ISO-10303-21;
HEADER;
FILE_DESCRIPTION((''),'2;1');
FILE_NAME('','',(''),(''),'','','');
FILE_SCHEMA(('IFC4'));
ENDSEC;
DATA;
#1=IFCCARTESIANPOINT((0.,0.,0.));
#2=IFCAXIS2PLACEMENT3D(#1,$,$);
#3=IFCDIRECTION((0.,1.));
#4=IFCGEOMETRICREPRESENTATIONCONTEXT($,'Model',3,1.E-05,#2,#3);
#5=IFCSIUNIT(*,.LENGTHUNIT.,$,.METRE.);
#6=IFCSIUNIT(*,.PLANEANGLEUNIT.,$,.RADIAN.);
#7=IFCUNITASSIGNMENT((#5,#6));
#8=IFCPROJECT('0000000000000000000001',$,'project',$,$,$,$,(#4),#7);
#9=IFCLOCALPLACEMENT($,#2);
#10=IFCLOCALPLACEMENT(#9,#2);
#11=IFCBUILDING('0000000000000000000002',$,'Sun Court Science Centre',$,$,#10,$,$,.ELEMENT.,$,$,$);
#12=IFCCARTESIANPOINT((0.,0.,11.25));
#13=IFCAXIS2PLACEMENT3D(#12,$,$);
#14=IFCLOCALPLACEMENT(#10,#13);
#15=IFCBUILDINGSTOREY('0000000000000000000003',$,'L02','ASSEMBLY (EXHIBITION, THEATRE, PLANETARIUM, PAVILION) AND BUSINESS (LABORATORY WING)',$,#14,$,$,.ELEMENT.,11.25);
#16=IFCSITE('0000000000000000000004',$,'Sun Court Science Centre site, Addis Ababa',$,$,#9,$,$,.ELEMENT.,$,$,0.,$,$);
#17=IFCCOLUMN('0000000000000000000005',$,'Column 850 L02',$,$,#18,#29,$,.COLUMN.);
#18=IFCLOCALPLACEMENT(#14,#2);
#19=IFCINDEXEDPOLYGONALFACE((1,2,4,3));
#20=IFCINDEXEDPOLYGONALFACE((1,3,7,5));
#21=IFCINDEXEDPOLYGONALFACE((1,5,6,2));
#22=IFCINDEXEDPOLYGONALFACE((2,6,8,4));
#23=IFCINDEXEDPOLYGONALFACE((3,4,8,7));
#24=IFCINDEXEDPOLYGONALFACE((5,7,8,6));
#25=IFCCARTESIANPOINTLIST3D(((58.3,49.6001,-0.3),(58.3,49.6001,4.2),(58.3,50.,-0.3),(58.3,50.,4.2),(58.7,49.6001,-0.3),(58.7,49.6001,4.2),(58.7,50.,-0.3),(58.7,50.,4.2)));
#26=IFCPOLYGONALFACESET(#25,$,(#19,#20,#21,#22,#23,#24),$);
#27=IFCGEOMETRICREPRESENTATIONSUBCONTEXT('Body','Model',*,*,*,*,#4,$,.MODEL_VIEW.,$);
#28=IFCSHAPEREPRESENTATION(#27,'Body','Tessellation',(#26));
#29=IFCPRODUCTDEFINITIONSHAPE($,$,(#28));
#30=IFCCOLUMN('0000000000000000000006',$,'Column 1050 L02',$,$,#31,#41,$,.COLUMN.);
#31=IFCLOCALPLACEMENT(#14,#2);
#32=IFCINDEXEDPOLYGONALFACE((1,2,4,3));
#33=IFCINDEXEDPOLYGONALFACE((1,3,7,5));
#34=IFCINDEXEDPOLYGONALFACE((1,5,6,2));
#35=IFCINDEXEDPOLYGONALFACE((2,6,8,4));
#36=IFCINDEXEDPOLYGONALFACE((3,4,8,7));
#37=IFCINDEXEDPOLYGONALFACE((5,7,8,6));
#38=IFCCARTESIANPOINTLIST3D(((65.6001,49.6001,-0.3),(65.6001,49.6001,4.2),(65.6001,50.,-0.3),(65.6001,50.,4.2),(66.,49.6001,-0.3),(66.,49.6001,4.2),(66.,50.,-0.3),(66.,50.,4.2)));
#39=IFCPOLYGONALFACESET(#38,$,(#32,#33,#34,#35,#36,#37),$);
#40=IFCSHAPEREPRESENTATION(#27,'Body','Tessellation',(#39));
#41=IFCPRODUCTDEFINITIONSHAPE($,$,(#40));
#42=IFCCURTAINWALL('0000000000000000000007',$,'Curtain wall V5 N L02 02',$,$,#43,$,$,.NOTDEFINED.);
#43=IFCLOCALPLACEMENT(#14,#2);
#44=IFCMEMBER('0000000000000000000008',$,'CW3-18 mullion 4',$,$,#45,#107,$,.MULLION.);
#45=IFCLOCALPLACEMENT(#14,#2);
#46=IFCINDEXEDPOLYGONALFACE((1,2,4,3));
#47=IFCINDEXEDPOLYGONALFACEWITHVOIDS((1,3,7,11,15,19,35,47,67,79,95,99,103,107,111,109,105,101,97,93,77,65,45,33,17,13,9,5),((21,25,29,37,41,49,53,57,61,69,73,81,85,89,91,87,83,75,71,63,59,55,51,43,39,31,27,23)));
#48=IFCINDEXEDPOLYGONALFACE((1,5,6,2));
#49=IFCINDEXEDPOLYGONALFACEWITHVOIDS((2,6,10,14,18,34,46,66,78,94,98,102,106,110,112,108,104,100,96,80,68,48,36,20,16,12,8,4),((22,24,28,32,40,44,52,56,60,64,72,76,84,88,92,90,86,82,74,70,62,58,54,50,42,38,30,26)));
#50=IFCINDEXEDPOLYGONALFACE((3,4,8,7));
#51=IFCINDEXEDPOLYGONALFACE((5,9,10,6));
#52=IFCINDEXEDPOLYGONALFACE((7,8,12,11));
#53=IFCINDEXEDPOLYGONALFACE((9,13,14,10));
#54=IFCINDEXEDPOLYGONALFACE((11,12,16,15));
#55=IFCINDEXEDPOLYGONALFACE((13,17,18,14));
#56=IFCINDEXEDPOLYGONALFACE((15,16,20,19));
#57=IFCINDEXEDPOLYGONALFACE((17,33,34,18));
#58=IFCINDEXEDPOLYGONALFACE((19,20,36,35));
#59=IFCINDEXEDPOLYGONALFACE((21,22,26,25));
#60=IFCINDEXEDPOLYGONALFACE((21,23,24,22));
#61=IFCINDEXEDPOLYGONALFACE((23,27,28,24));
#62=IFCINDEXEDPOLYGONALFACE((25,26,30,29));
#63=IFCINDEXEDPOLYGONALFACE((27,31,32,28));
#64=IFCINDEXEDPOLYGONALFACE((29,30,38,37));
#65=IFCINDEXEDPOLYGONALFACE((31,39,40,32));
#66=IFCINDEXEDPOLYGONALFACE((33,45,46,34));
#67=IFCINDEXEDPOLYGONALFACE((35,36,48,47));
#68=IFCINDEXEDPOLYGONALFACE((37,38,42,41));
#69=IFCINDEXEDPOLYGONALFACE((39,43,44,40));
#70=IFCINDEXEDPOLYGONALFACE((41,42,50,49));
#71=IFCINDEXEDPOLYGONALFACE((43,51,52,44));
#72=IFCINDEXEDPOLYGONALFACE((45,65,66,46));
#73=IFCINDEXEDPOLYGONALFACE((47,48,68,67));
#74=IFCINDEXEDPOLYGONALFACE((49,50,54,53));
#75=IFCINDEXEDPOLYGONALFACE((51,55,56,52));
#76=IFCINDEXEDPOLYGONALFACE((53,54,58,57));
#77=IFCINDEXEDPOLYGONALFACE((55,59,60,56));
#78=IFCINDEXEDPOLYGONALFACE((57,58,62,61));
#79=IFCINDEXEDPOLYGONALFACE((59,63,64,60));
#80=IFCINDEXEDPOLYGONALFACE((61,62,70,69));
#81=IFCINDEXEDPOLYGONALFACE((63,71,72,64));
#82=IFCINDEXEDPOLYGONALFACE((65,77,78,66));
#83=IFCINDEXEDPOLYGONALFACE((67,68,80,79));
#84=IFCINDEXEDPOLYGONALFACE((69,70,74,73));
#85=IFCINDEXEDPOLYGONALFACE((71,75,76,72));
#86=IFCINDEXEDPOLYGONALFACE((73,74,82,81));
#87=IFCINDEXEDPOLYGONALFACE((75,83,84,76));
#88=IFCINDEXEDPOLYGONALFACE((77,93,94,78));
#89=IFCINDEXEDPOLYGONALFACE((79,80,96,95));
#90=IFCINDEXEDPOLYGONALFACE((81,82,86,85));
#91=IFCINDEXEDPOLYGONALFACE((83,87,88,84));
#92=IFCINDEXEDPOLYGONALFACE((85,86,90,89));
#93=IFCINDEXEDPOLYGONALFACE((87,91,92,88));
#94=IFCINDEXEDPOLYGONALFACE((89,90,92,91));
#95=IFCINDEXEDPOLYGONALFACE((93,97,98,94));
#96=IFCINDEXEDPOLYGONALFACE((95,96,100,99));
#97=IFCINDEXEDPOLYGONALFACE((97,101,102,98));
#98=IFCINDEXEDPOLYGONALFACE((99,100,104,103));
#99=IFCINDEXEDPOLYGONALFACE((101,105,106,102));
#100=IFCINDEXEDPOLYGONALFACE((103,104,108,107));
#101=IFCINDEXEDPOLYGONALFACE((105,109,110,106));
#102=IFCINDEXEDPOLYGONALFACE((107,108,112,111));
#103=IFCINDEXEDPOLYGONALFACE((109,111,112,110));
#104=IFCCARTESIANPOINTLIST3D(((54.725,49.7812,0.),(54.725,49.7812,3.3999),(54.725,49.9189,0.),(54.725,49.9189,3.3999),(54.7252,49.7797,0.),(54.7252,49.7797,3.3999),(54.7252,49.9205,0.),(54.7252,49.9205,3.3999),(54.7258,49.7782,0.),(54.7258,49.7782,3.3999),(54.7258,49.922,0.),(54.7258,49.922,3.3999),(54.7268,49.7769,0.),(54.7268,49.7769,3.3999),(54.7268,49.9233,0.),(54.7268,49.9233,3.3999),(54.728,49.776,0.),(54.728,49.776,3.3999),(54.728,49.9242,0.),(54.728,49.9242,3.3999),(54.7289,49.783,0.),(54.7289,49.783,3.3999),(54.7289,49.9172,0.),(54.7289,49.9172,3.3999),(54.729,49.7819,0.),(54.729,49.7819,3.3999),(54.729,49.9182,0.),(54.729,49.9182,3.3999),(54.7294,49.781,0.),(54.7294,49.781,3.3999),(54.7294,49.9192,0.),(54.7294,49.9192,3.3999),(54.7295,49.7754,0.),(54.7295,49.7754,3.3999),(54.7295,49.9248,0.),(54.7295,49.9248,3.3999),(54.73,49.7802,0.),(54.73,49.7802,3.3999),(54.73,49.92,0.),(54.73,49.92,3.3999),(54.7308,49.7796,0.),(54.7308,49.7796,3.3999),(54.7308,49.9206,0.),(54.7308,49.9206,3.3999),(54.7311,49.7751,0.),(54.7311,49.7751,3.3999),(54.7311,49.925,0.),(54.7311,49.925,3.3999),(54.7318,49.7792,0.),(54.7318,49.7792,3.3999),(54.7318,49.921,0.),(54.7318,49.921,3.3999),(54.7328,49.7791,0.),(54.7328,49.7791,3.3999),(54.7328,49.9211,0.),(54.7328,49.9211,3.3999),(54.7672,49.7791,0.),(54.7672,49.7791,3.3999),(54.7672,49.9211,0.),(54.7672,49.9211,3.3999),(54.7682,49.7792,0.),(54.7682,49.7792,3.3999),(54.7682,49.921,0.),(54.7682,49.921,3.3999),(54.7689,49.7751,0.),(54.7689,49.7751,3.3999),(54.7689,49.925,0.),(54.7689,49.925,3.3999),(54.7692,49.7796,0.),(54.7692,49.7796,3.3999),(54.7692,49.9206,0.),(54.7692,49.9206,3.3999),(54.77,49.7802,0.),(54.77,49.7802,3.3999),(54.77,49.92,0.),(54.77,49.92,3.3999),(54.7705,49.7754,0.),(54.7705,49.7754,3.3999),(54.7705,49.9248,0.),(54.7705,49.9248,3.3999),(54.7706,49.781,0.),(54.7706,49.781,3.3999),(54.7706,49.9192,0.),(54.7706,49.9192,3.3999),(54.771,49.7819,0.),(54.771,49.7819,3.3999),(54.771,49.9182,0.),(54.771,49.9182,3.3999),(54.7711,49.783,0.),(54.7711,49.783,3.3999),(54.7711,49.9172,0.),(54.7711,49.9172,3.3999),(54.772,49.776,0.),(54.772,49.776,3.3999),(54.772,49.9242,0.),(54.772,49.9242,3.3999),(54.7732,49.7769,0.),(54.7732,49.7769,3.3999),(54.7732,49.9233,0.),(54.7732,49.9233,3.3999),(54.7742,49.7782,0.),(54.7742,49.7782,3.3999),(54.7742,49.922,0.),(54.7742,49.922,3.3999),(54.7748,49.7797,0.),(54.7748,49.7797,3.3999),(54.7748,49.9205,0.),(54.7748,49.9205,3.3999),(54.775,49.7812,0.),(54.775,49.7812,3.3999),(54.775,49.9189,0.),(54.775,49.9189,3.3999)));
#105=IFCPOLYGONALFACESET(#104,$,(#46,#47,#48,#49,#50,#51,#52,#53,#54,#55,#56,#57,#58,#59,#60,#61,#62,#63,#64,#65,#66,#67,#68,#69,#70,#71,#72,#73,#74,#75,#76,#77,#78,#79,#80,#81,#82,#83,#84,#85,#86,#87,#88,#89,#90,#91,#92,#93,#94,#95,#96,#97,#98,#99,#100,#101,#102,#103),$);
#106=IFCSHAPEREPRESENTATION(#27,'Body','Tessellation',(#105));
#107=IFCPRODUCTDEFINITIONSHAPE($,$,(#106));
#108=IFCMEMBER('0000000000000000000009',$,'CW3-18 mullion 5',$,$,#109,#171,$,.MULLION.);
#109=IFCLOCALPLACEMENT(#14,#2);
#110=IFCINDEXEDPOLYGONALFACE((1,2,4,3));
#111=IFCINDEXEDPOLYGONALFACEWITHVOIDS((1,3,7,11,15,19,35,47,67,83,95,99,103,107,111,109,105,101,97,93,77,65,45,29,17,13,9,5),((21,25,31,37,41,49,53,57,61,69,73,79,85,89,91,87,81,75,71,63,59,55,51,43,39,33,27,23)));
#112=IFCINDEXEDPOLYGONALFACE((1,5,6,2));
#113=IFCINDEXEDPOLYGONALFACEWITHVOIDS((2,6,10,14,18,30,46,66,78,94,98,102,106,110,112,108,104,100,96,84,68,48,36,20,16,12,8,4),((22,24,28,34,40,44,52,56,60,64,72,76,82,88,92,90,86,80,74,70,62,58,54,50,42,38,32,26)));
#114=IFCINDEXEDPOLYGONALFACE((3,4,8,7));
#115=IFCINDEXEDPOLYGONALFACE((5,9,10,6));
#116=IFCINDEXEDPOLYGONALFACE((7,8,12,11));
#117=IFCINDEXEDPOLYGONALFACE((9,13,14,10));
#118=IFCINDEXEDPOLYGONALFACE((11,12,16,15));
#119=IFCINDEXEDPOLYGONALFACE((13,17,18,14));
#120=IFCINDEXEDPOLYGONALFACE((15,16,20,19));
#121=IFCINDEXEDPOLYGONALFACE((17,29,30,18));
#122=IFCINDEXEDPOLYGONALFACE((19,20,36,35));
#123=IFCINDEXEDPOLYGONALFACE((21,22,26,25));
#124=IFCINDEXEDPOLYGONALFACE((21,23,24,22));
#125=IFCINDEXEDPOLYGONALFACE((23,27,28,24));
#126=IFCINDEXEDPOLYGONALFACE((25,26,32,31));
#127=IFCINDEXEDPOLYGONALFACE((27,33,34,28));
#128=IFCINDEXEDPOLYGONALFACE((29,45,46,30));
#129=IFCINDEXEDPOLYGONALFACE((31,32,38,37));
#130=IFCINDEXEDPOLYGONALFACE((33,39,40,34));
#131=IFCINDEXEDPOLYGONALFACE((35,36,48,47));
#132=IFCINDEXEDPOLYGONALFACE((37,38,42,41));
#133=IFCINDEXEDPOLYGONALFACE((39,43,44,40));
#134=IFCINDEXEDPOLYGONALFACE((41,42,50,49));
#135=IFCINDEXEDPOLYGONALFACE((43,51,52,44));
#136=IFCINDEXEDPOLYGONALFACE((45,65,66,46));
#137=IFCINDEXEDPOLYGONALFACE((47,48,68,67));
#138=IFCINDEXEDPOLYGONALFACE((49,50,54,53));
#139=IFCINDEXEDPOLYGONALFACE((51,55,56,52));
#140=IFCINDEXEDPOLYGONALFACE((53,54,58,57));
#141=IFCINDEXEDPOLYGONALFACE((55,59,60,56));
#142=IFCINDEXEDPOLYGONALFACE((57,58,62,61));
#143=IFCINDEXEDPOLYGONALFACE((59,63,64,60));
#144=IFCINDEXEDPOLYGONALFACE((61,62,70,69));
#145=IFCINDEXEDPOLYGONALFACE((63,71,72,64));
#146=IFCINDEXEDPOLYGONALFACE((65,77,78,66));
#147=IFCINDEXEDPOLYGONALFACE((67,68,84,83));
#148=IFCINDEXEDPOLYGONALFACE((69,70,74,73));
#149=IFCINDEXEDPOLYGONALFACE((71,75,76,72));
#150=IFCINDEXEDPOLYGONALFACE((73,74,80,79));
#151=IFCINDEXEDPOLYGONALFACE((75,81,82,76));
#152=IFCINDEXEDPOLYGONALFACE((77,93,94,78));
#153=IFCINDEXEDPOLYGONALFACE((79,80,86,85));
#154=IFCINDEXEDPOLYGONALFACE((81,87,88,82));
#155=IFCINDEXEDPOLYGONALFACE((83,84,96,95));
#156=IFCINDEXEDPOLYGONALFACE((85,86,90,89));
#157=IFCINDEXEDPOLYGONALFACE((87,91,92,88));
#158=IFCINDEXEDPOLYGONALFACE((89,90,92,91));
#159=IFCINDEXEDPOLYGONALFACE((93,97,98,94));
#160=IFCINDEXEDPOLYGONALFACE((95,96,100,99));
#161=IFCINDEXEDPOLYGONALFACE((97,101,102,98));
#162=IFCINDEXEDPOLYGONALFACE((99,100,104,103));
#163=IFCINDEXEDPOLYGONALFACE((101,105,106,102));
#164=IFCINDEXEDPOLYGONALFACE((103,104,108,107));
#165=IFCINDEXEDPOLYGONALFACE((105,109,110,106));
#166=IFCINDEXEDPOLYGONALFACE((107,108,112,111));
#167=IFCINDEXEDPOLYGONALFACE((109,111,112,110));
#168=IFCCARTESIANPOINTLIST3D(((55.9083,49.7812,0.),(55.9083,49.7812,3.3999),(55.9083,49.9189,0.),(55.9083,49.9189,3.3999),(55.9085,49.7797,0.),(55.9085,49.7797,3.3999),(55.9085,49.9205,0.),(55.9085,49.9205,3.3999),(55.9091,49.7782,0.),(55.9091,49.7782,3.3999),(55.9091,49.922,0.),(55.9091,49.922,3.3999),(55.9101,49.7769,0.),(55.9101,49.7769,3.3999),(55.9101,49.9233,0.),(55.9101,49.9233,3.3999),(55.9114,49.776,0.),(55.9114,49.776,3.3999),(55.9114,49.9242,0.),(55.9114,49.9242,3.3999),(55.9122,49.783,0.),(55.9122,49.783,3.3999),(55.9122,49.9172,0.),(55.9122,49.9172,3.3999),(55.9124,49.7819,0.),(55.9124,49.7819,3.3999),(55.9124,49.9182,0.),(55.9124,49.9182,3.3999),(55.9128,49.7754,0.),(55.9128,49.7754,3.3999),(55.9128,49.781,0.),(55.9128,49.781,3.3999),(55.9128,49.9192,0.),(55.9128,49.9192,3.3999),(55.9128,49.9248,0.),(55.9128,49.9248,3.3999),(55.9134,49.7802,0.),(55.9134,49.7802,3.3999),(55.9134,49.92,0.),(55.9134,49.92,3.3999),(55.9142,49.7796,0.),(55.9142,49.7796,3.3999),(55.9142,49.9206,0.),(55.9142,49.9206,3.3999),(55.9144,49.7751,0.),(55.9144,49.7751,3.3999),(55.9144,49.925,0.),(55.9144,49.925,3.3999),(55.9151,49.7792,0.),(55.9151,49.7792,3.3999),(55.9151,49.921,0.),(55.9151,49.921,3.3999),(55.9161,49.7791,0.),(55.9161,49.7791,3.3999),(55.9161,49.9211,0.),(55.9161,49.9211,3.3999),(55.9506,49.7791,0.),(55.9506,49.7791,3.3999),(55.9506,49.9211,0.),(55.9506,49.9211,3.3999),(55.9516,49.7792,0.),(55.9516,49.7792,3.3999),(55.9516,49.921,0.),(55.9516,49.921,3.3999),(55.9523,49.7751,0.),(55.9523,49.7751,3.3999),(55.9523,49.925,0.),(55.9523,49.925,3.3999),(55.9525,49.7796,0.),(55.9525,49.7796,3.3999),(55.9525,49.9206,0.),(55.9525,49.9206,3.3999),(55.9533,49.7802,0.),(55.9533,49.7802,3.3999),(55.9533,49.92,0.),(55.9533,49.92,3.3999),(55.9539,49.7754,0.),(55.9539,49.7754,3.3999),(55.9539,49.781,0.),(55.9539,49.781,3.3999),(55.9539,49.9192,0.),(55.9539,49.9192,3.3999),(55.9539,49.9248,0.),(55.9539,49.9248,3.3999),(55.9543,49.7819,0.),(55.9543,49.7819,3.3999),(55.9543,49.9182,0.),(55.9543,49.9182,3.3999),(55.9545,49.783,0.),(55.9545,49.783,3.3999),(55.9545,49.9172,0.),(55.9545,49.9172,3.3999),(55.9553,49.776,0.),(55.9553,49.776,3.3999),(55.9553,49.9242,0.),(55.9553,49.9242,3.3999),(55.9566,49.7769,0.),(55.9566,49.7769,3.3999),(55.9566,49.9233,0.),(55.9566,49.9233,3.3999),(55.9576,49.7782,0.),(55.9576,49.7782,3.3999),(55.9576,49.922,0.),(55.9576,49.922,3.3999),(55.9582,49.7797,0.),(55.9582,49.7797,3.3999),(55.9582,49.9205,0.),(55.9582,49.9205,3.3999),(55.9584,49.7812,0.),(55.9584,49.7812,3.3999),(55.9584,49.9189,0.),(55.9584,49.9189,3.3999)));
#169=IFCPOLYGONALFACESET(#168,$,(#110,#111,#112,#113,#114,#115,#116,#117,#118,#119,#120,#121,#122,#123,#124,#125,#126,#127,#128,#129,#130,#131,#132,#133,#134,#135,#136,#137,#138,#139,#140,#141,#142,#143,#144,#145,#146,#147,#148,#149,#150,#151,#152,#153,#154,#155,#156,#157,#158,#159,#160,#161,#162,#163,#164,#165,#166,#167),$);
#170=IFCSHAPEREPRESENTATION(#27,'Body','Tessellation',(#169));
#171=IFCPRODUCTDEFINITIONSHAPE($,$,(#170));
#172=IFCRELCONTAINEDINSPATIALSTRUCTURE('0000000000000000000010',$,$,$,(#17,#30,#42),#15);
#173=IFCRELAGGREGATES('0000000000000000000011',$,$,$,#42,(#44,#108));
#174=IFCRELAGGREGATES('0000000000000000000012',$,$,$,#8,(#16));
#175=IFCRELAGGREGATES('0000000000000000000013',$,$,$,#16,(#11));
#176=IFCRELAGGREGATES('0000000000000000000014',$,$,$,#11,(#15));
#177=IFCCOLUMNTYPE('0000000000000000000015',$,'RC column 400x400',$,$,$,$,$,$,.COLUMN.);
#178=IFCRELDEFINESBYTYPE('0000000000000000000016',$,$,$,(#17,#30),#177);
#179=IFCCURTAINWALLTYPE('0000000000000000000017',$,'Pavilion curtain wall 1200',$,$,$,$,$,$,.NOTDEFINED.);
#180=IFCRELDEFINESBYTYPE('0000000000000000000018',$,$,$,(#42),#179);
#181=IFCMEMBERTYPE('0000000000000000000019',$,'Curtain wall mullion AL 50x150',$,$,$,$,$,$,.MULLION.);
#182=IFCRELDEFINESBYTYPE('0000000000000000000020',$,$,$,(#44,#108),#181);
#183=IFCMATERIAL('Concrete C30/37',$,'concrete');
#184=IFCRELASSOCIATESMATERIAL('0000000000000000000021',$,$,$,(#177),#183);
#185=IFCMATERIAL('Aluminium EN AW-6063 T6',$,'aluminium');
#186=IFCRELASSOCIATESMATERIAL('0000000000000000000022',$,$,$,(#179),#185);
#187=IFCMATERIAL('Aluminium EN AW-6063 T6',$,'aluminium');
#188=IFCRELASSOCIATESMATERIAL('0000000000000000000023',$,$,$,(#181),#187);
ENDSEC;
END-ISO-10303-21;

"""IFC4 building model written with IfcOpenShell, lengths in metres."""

from ifc_helpers import new_model, si_unit, direction, frame, origin, origin_2d, place, context, subcontext, project, spatial, rectangle, hollow_rectangle, extrude, material, material_profile, profile_set, type_object, element, aggregate, save


model = new_model("IFC4")

# Units and contexts
model_context = context("Model", 3, precision=1e-05, world=origin(), true_north=direction((0.0, 1.0)))
body_context = subcontext(model_context, "Body", "Model", "MODEL_VIEW")
ifc_project = project(units=[si_unit("LENGTHUNIT", "METRE"), si_unit("PLANEANGLEUNIT", "RADIAN")], contexts=[model_context])

# Site, building, storey
site_placement = place(None, origin())
site = spatial("IfcSite", under=ifc_project, at=site_placement, Name="Sun Court Science Centre site, Addis Ababa", CompositionType="ELEMENT", RefElevation=0.0)
building_placement = place(site_placement, origin())
building = spatial("IfcBuilding", under=site, at=building_placement, Name="Sun Court Science Centre", CompositionType="ELEMENT")
storey_placement = place(building_placement, frame((0.0, 0.0, 11.25)))
storey = spatial("IfcBuildingStorey", under=building, at=storey_placement, Name="L02", Description="ASSEMBLY (EXHIBITION, THEATRE, PLANETARIUM, PAVILION) AND BUSINESS (LABORATORY WING)", CompositionType="ELEMENT", Elevation=11.25)

# Columns
ifc_material_1 = material(Name="Concrete C30/37", Category="concrete")
ifc_material_profile_1 = material_profile(ifc_material_1, rectangle(XDim=0.3999, YDim=0.3999, at=origin_2d()), Name="RC 400x400")
ifc_profile_set_1 = profile_set([ifc_material_profile_1], Name="Concrete C30/37")
column_type = type_object("IfcColumnType", Name="RC column 400x400", PredefinedType="COLUMN", material=ifc_profile_set_1)
for number, where, z_axis, x_axis, name in (
    (1, (58.5, 49.8, -0.3), (0.0, 0.0, 1.0), (1.0, 0.0, 0.0), "Column 850 L02"),
    (2, (65.8, 49.8, -0.3), (0.0, 0.0, 1.0), (1.0, 0.0, 0.0), "Column 1050 L02"),
):
    element("IfcColumn", number, at=place(storey_placement, frame(where, z_axis=z_axis, x_axis=x_axis)), inside=storey, type_object=column_type, Name=name, PredefinedType="COLUMN", context=body_context, shape_type="SweptSolid", body=[
        extrude(rectangle(XDim=0.3999, YDim=0.3999, at=origin_2d()), origin(), (0.0, 0.0, 1.0), 4.5),
    ])

# Curtain wall, members
ifc_material_2 = material(Name="Aluminium EN AW-6063 T6", Category="aluminium")
curtain_wall_type = type_object("IfcCurtainWallType", Name="Pavilion curtain wall 1200", PredefinedType="NOTDEFINED", material=ifc_material_2)
curtain_wall_placement = place(storey_placement, origin())
curtain_wall = element("IfcCurtainWall", 3, at=curtain_wall_placement, inside=storey, type_object=curtain_wall_type, Name="Curtain wall V5 N L02 02", PredefinedType="NOTDEFINED")
ifc_material_3 = material(Name="Aluminium EN AW-6063 T6", Category="aluminium")
ifc_material_profile_2 = material_profile(ifc_material_3, hollow_rectangle(XDim=0.05, YDim=0.1499, WallThickness=0.0039, InnerFilletRadius=0.0039, OuterFilletRadius=0.0061, at=origin_2d()), Name="AL 50x150x4")
ifc_profile_set_2 = profile_set([ifc_material_profile_2], Name="Aluminium EN AW-6063 T6")
member_type_1 = type_object("IfcMemberType", Name="Curtain wall mullion AL 50x150", PredefinedType="MULLION", material=ifc_profile_set_2)
member_1_placement = place(storey_placement, frame((54.75, 49.8501, 0.0), z_axis=(0.0, 0.0, 1.0), x_axis=(1.0, 0.0, 0.0)))
member_1 = element("IfcMember", 4, at=member_1_placement, type_object=member_type_1, Name="CW3-18 mullion 4", PredefinedType="MULLION", context=body_context, shape_type="SweptSolid", body=[
    extrude(hollow_rectangle(XDim=0.05, YDim=0.1499, WallThickness=0.0039, InnerFilletRadius=0.0039, OuterFilletRadius=0.0061, at=origin_2d()), origin(), (0.0, 0.0, 1.0), 3.3999),
])
member_2_placement = place(storey_placement, frame((55.9333, 49.8501, 0.0), z_axis=(0.0, 0.0, 1.0), x_axis=(1.0, 0.0, 0.0)))
member_2 = element("IfcMember", 5, at=member_2_placement, type_object=member_type_1, Name="CW3-18 mullion 5", PredefinedType="MULLION", context=body_context, shape_type="SweptSolid", body=[
    extrude(hollow_rectangle(XDim=0.05, YDim=0.1499, WallThickness=0.0039, InnerFilletRadius=0.0039, OuterFilletRadius=0.0061, at=origin_2d()), origin(), (0.0, 0.0, 1.0), 3.3999),
])

aggregate(curtain_wall, [member_1, member_2])

save(model, "model.ifc")
